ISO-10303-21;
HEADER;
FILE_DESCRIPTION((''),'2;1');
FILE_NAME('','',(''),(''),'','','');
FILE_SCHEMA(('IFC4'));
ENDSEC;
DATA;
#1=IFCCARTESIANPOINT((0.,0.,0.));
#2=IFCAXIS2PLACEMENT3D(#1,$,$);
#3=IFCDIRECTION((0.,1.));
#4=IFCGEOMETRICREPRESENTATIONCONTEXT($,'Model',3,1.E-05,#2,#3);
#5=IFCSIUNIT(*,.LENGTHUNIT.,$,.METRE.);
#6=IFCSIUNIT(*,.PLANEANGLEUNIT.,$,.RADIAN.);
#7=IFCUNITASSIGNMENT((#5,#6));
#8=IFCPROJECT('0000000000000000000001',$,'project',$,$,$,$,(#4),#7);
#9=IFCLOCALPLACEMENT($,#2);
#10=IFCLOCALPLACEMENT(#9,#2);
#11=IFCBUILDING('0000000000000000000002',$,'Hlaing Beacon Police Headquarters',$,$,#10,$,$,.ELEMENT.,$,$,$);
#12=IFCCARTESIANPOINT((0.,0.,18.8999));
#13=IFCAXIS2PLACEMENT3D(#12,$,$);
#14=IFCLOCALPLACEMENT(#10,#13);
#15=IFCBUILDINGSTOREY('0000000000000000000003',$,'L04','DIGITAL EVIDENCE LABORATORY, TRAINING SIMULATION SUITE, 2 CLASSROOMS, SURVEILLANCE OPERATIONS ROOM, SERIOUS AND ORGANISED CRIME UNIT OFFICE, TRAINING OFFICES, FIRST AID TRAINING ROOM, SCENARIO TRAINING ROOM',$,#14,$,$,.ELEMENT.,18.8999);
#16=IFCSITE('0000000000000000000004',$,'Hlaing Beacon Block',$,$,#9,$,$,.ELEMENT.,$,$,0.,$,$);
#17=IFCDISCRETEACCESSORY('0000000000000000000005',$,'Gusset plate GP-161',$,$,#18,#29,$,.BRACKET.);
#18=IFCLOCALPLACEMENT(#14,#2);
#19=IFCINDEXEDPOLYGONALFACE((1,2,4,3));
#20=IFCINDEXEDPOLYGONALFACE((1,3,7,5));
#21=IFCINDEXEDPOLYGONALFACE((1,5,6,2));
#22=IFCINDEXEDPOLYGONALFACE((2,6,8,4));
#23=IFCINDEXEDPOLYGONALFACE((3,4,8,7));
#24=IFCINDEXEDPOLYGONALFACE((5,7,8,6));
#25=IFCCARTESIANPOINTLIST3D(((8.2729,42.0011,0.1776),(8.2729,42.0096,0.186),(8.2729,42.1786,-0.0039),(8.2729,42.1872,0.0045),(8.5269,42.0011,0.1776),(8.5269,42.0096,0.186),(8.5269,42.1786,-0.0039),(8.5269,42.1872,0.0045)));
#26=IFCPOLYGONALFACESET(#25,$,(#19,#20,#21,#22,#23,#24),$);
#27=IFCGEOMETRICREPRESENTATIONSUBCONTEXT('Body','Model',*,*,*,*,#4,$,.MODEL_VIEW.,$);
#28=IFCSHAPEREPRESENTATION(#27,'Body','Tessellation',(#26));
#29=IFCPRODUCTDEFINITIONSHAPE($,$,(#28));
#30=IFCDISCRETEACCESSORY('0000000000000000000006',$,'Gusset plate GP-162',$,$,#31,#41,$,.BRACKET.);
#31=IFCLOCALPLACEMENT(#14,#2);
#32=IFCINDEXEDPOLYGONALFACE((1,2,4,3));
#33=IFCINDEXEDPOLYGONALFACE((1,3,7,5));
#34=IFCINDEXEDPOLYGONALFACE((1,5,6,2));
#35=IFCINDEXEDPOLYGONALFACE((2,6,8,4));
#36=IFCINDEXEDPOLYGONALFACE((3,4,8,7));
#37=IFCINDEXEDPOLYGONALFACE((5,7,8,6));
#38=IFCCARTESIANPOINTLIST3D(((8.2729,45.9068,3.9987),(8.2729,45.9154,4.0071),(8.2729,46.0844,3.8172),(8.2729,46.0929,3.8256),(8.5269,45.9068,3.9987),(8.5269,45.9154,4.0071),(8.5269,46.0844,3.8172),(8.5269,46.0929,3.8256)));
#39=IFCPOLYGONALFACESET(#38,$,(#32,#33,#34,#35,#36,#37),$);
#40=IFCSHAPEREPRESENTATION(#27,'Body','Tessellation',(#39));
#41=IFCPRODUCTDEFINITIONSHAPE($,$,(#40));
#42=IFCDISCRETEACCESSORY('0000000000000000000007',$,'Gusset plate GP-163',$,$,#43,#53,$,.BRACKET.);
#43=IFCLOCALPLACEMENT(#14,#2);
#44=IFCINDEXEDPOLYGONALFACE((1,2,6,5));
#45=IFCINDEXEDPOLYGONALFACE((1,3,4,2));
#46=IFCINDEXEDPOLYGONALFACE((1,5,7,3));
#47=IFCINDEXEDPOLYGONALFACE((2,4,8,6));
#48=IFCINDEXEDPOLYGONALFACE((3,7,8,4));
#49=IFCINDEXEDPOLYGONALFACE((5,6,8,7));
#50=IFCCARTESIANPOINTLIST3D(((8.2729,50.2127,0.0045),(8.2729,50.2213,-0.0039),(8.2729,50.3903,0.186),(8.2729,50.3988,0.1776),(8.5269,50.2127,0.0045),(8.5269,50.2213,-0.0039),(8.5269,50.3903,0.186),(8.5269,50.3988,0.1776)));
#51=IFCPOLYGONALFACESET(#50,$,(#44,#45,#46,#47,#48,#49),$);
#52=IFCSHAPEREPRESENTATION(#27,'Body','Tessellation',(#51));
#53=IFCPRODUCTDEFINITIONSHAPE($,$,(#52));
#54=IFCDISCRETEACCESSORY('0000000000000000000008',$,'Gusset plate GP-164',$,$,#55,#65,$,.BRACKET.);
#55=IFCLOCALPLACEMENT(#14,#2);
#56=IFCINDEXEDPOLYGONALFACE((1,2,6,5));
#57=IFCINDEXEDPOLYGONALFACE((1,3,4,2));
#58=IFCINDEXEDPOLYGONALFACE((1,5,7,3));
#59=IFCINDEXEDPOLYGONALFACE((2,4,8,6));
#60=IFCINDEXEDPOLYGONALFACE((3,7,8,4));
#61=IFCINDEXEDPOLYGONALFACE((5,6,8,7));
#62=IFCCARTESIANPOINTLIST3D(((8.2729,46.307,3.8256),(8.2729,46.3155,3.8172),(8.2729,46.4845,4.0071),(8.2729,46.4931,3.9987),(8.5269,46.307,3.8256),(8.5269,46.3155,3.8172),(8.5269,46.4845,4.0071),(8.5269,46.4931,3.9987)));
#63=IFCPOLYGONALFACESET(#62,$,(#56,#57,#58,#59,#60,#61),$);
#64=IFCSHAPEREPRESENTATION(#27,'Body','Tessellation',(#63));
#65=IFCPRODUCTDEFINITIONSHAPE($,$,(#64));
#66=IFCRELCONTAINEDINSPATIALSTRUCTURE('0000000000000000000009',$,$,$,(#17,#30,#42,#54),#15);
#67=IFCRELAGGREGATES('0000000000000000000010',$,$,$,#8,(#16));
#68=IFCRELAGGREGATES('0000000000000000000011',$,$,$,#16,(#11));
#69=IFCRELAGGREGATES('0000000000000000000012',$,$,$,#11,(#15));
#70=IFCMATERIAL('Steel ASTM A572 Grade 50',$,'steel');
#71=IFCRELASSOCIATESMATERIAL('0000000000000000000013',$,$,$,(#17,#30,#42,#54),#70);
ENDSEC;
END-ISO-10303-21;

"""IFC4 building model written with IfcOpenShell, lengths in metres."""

from ifc_helpers import new_model, si_unit, direction, frame, origin, origin_2d, place, context, subcontext, project, spatial, rectangle, extrude, material, element, save


model = new_model("IFC4")

# Units and contexts
model_context = context("Model", 3, precision=1e-05, world=origin(), true_north=direction((0.0, 1.0)))
body_context = subcontext(model_context, "Body", "Model", "MODEL_VIEW")
ifc_project = project(units=[si_unit("LENGTHUNIT", "METRE"), si_unit("PLANEANGLEUNIT", "RADIAN")], contexts=[model_context])

# Site, building, storey
site_placement = place(None, origin())
site = spatial("IfcSite", under=ifc_project, at=site_placement, Name="Hlaing Beacon Block", CompositionType="ELEMENT", RefElevation=0.0)
building_placement = place(site_placement, origin())
building = spatial("IfcBuilding", under=site, at=building_placement, Name="Hlaing Beacon Police Headquarters", CompositionType="ELEMENT")
storey_placement = place(building_placement, frame((0.0, 0.0, 18.8999)))
storey = spatial("IfcBuildingStorey", under=building, at=storey_placement, Name="L04", Description="DIGITAL EVIDENCE LABORATORY, TRAINING SIMULATION SUITE, 2 CLASSROOMS, SURVEILLANCE OPERATIONS ROOM, SERIOUS AND ORGANISED CRIME UNIT OFFICE, TRAINING OFFICES, FIRST AID TRAINING ROOM, SCENARIO TRAINING ROOM", CompositionType="ELEMENT", Elevation=18.8999)

# Discrete accessories
ifc_material_1 = material(Name="Steel ASTM A572 Grade 50", Category="steel")
for number, where, z_axis, x_axis, name in (
    (1, (8.3999, 42.0984, 0.0952), (0.0, -0.714838, -0.69929), (1.0, 0.0, 0.0), "Gusset plate GP-161"),
    (2, (8.3999, 45.9956, 3.908), (0.0, 0.714838, 0.69929), (-1.0, 0.0, 0.0), "Gusset plate GP-162"),
    (3, (8.3999, 50.3015, 0.0952), (0.0, 0.714838, -0.69929), (-1.0, 0.0, 0.0), "Gusset plate GP-163"),
    (4, (8.3999, 46.4043, 3.908), (0.0, -0.714838, 0.69929), (1.0, 0.0, 0.0), "Gusset plate GP-164"),
):
    element("IfcDiscreteAccessory", number, at=place(storey_placement, frame(where, z_axis=z_axis, x_axis=x_axis)), inside=storey, material=ifc_material_1, Name=name, PredefinedType="BRACKET", context=body_context, shape_type="SweptSolid", body=[
        extrude(rectangle(XDim=0.2539, YDim=0.2539, at=origin_2d()), origin(), (0.0, 0.0, 1.0), 0.012),
    ])

save(model, "model.ifc")
